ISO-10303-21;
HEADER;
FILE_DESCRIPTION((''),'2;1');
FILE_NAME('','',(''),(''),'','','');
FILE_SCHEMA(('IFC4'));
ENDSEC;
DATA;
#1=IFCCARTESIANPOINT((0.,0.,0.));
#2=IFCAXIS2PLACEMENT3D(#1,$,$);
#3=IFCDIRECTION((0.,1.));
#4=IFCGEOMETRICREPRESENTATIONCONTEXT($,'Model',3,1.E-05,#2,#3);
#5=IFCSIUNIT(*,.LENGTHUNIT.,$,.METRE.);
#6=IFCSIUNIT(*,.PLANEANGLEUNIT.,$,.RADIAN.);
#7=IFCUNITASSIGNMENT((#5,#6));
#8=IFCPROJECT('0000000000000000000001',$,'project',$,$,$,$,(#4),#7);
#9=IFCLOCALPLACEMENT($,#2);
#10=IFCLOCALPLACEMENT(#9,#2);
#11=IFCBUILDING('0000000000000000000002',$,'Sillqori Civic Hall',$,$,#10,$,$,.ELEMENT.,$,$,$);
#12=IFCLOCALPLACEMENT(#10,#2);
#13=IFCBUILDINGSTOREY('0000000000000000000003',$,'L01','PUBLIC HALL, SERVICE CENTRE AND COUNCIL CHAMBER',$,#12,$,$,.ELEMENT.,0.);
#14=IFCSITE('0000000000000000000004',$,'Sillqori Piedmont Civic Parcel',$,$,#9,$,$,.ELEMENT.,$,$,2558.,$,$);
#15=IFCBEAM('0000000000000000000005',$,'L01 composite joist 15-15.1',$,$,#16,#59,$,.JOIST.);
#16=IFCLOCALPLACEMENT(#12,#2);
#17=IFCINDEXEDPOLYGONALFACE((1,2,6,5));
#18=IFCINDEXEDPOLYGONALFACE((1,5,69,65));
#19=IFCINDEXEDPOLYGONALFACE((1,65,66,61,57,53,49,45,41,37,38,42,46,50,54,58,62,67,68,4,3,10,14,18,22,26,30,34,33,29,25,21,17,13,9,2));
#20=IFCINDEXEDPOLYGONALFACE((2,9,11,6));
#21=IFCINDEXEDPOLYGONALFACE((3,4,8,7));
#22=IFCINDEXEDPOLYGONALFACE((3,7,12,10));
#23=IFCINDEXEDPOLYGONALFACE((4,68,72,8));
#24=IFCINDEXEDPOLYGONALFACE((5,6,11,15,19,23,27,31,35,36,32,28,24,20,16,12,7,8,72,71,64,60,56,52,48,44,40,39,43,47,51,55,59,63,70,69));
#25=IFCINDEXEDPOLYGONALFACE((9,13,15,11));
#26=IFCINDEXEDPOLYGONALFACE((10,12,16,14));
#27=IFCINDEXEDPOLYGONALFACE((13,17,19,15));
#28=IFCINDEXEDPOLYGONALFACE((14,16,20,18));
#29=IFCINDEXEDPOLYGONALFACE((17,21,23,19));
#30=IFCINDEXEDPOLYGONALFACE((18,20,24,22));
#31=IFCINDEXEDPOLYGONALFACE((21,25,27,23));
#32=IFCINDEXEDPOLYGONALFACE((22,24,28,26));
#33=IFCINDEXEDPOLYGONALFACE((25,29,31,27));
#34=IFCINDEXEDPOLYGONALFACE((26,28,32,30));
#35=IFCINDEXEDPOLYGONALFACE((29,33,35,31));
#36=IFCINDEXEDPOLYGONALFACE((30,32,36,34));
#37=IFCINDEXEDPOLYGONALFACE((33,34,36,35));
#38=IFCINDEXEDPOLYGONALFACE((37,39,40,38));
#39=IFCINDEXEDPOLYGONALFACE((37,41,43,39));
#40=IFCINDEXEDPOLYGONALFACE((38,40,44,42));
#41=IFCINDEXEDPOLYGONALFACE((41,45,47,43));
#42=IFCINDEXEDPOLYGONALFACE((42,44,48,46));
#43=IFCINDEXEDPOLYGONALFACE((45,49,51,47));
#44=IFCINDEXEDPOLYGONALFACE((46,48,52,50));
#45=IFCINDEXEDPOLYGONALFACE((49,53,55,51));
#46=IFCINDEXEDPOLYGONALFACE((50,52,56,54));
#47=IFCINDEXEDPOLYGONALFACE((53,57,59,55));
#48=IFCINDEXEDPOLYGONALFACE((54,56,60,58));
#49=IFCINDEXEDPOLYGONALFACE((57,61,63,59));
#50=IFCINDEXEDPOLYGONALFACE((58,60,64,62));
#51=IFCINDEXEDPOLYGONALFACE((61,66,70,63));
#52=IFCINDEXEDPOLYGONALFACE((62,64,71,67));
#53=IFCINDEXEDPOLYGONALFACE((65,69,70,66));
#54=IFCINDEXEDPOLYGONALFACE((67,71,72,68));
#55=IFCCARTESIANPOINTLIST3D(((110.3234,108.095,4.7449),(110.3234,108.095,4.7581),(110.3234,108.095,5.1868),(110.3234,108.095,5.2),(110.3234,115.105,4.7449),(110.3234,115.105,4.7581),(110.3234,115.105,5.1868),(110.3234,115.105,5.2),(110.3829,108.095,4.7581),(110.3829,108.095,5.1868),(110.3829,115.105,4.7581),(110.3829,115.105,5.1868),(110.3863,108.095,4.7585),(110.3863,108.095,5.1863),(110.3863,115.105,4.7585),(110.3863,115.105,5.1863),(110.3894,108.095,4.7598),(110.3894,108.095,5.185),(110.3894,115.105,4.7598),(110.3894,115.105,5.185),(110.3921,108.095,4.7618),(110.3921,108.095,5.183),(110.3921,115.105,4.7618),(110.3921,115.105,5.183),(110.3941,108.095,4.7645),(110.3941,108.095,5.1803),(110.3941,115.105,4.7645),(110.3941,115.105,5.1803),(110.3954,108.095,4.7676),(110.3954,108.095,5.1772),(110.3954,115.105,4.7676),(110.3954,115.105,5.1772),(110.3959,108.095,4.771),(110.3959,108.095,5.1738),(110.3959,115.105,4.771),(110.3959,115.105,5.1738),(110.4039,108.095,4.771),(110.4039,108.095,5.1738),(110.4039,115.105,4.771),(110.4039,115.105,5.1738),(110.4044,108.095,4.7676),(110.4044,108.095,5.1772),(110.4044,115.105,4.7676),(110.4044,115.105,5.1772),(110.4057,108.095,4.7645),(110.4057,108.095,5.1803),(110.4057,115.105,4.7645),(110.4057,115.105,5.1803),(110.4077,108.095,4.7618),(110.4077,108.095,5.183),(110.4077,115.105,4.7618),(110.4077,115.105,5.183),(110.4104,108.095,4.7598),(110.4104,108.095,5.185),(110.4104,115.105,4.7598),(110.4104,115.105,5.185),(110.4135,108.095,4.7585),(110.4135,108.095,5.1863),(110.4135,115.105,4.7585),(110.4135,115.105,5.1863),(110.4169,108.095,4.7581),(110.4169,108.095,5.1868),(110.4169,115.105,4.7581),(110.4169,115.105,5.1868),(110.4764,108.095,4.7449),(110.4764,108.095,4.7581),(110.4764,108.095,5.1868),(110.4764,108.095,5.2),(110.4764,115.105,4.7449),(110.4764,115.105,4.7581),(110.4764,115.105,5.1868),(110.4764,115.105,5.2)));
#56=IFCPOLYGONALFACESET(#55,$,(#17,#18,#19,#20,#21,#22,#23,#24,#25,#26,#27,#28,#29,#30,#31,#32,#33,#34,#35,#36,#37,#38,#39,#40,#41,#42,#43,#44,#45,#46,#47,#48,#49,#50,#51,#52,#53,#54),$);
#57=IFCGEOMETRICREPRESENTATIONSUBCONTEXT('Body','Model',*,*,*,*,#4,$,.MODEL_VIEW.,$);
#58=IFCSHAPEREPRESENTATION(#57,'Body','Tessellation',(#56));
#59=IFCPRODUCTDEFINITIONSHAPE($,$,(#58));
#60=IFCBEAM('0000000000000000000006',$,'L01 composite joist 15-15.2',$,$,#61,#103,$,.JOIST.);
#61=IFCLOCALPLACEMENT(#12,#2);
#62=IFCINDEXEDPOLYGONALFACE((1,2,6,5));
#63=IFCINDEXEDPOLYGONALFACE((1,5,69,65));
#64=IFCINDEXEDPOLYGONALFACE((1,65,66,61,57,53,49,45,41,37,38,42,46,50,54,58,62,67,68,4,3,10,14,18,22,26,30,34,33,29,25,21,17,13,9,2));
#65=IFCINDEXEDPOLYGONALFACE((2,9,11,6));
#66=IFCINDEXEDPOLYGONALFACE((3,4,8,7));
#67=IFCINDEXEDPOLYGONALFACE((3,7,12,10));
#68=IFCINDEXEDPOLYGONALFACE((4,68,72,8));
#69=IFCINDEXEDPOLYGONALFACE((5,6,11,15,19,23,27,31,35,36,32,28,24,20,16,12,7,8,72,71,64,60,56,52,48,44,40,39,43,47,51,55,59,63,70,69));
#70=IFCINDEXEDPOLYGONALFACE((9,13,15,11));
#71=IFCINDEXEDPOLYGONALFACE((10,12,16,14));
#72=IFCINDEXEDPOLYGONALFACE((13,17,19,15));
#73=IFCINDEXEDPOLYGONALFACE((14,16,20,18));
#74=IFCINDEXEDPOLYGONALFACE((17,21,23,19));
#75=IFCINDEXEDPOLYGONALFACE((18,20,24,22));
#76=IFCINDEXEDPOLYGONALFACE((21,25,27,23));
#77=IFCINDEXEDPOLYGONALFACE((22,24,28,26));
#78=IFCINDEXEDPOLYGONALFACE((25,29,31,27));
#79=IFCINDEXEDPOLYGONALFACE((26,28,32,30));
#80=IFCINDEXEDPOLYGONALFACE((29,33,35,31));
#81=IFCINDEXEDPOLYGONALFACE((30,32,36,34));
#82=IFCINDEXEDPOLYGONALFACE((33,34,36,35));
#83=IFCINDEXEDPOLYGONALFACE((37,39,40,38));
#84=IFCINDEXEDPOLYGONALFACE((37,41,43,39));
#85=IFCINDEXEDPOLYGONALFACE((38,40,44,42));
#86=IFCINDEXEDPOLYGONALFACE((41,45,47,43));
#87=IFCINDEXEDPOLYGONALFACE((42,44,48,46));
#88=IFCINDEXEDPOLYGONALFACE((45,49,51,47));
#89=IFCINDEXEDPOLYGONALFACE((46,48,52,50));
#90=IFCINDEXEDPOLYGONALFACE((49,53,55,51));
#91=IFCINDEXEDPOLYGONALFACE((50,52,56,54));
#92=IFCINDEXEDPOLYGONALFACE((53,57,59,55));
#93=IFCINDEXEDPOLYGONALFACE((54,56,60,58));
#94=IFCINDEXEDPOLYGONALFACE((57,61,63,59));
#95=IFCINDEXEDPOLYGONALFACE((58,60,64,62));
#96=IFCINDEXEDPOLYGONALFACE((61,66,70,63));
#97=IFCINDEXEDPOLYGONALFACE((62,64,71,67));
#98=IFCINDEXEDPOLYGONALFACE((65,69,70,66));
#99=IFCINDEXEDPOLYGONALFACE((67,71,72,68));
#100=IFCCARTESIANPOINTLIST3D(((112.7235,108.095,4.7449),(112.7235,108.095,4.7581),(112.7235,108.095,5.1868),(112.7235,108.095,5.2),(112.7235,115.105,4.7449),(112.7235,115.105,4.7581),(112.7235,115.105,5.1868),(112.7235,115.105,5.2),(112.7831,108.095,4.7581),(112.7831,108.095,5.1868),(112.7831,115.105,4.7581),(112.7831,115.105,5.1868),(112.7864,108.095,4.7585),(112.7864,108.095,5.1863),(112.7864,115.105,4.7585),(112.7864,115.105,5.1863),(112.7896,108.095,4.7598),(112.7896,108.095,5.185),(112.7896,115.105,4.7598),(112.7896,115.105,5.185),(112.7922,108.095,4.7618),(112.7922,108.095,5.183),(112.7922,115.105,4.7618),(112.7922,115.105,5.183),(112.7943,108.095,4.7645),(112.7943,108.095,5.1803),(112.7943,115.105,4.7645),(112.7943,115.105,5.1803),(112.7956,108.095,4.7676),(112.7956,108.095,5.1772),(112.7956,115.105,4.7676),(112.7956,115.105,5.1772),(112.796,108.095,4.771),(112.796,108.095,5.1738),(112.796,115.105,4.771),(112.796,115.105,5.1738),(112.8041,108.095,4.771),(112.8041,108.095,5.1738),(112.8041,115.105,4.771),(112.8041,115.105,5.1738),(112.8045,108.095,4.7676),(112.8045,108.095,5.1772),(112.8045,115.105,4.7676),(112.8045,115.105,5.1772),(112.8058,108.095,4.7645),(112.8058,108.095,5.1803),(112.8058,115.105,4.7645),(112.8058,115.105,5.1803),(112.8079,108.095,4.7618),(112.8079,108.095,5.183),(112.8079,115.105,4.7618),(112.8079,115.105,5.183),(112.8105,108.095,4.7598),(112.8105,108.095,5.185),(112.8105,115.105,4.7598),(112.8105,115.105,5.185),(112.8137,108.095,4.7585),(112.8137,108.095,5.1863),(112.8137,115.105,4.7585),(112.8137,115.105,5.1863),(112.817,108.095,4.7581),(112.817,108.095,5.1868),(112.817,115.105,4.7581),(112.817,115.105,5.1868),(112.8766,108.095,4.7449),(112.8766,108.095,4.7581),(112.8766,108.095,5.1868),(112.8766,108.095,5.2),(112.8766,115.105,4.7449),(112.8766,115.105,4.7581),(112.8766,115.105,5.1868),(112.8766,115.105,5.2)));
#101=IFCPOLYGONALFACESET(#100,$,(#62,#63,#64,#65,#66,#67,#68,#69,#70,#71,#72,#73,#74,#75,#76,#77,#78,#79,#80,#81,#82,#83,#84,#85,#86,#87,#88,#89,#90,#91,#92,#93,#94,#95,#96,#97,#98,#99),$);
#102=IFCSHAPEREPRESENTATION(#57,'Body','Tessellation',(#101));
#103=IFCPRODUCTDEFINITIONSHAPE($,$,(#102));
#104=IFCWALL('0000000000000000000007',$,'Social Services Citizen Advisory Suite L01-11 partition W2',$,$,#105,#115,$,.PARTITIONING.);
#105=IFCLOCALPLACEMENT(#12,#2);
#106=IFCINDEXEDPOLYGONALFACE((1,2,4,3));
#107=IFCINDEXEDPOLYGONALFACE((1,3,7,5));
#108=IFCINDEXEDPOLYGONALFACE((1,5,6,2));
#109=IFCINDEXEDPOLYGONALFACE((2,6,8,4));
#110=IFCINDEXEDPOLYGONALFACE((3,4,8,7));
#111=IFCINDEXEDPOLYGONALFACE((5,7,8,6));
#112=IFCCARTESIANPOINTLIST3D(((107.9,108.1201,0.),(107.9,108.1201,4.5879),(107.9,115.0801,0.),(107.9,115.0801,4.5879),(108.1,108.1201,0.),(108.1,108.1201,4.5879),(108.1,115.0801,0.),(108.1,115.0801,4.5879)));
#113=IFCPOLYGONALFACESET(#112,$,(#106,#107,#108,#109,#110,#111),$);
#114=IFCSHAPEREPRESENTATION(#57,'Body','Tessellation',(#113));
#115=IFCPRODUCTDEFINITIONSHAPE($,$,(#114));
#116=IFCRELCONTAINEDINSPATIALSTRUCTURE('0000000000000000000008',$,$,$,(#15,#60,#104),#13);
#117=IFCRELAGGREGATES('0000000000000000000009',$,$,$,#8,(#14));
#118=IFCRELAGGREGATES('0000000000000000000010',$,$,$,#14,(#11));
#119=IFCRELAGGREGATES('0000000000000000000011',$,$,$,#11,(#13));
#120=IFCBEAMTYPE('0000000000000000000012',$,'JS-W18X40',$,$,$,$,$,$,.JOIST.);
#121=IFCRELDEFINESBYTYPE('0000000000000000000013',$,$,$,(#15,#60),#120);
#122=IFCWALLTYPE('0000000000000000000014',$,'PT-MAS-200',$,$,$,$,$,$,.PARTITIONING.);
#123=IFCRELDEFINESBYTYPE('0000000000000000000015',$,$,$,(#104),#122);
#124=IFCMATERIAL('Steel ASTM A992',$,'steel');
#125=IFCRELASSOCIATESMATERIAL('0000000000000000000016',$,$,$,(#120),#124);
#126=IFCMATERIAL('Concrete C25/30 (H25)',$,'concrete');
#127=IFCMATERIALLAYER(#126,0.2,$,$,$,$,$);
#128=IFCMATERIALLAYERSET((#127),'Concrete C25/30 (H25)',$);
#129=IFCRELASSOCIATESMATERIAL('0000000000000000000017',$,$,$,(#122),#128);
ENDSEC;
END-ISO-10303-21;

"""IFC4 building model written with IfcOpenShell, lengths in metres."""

from ifc_helpers import new_model, si_unit, direction, frame, frame_2d, origin, origin_2d, place, context, subcontext, project, spatial, rectangle, i_section, extrude, material, layer, layer_set, material_profile, profile_set, type_object, element, save


model = new_model("IFC4")

# Units and contexts
model_context = context("Model", 3, precision=1e-05, world=origin(), true_north=direction((0.0, 1.0)))
body_context = subcontext(model_context, "Body", "Model", "MODEL_VIEW")
ifc_project = project(units=[si_unit("LENGTHUNIT", "METRE"), si_unit("PLANEANGLEUNIT", "RADIAN")], contexts=[model_context])

# Site, building, storey
site_placement = place(None, origin())
site = spatial("IfcSite", under=ifc_project, at=site_placement, Name="Sillqori Piedmont Civic Parcel", CompositionType="ELEMENT", RefElevation=2558.0)
building_placement = place(site_placement, origin())
building = spatial("IfcBuilding", under=site, at=building_placement, Name="Sillqori Civic Hall", CompositionType="ELEMENT")
storey_placement = place(building_placement, origin())
storey = spatial("IfcBuildingStorey", under=building, at=storey_placement, Name="L01", Description="PUBLIC HALL, SERVICE CENTRE AND COUNCIL CHAMBER", CompositionType="ELEMENT", Elevation=0.0)

# Shared definitions
ifc_material_1 = material(Name="Steel ASTM A992", Category="steel")

# Beams
ifc_material_profile_1 = material_profile(ifc_material_1, i_section(OverallWidth=0.1531, OverallDepth=0.4551, WebThickness=0.0081, FlangeThickness=0.0132, FilletRadius=0.0129, at=origin_2d()), Name="W18X40")
ifc_profile_set_1 = profile_set([ifc_material_profile_1], Name="Steel ASTM A992")
beam_type_1 = type_object("IfcBeamType", Name="JS-W18X40", PredefinedType="JOIST", material=ifc_profile_set_1)
for number, where, z_axis, x_axis, name in (
    (1, (110.3999, 108.095, 4.9724), (0.0, 1.0, 0.0), (-1.0, 0.0, 0.0), "L01 composite joist 15-15.1"),
    (2, (112.8, 108.095, 4.9724), (0.0, 1.0, 0.0), (-1.0, 0.0, 0.0), "L01 composite joist 15-15.2"),
):
    element("IfcBeam", number, at=place(storey_placement, frame(where, z_axis=z_axis, x_axis=x_axis)), inside=storey, type_object=beam_type_1, Name=name, PredefinedType="JOIST", context=body_context, shape_type="SweptSolid", body=[
        extrude(i_section(OverallWidth=0.1531, OverallDepth=0.4551, WebThickness=0.0081, FlangeThickness=0.0132, FilletRadius=0.0129, at=origin_2d()), origin(), (0.0, 0.0, 1.0), 7.01),
    ])

# Wall
ifc_material_2 = material(Name="Concrete C25/30 (H25)", Category="concrete")
ifc_layer_1 = layer(ifc_material_2, 0.2)
ifc_layer_set_1 = layer_set([ifc_layer_1], Name="Concrete C25/30 (H25)")
wall_type = type_object("IfcWallType", Name="PT-MAS-200", PredefinedType="PARTITIONING", material=ifc_layer_set_1)
wall_placement = place(storey_placement, frame((108.0, 108.1201, 0.0), z_axis=(0.0, 0.0, 1.0), x_axis=(0.0, 1.0, 0.0)))
element("IfcWall", 3, at=wall_placement, inside=storey, type_object=wall_type, Name="Social Services Citizen Advisory Suite L01-11 partition W2", PredefinedType="PARTITIONING", context=body_context, shape_type="SweptSolid", body=[
    extrude(rectangle(XDim=6.96, YDim=0.2, at=frame_2d((3.48, 0.0))), origin(), (0.0, 0.0, 1.0), 4.5879),
])

save(model, "model.ifc")
